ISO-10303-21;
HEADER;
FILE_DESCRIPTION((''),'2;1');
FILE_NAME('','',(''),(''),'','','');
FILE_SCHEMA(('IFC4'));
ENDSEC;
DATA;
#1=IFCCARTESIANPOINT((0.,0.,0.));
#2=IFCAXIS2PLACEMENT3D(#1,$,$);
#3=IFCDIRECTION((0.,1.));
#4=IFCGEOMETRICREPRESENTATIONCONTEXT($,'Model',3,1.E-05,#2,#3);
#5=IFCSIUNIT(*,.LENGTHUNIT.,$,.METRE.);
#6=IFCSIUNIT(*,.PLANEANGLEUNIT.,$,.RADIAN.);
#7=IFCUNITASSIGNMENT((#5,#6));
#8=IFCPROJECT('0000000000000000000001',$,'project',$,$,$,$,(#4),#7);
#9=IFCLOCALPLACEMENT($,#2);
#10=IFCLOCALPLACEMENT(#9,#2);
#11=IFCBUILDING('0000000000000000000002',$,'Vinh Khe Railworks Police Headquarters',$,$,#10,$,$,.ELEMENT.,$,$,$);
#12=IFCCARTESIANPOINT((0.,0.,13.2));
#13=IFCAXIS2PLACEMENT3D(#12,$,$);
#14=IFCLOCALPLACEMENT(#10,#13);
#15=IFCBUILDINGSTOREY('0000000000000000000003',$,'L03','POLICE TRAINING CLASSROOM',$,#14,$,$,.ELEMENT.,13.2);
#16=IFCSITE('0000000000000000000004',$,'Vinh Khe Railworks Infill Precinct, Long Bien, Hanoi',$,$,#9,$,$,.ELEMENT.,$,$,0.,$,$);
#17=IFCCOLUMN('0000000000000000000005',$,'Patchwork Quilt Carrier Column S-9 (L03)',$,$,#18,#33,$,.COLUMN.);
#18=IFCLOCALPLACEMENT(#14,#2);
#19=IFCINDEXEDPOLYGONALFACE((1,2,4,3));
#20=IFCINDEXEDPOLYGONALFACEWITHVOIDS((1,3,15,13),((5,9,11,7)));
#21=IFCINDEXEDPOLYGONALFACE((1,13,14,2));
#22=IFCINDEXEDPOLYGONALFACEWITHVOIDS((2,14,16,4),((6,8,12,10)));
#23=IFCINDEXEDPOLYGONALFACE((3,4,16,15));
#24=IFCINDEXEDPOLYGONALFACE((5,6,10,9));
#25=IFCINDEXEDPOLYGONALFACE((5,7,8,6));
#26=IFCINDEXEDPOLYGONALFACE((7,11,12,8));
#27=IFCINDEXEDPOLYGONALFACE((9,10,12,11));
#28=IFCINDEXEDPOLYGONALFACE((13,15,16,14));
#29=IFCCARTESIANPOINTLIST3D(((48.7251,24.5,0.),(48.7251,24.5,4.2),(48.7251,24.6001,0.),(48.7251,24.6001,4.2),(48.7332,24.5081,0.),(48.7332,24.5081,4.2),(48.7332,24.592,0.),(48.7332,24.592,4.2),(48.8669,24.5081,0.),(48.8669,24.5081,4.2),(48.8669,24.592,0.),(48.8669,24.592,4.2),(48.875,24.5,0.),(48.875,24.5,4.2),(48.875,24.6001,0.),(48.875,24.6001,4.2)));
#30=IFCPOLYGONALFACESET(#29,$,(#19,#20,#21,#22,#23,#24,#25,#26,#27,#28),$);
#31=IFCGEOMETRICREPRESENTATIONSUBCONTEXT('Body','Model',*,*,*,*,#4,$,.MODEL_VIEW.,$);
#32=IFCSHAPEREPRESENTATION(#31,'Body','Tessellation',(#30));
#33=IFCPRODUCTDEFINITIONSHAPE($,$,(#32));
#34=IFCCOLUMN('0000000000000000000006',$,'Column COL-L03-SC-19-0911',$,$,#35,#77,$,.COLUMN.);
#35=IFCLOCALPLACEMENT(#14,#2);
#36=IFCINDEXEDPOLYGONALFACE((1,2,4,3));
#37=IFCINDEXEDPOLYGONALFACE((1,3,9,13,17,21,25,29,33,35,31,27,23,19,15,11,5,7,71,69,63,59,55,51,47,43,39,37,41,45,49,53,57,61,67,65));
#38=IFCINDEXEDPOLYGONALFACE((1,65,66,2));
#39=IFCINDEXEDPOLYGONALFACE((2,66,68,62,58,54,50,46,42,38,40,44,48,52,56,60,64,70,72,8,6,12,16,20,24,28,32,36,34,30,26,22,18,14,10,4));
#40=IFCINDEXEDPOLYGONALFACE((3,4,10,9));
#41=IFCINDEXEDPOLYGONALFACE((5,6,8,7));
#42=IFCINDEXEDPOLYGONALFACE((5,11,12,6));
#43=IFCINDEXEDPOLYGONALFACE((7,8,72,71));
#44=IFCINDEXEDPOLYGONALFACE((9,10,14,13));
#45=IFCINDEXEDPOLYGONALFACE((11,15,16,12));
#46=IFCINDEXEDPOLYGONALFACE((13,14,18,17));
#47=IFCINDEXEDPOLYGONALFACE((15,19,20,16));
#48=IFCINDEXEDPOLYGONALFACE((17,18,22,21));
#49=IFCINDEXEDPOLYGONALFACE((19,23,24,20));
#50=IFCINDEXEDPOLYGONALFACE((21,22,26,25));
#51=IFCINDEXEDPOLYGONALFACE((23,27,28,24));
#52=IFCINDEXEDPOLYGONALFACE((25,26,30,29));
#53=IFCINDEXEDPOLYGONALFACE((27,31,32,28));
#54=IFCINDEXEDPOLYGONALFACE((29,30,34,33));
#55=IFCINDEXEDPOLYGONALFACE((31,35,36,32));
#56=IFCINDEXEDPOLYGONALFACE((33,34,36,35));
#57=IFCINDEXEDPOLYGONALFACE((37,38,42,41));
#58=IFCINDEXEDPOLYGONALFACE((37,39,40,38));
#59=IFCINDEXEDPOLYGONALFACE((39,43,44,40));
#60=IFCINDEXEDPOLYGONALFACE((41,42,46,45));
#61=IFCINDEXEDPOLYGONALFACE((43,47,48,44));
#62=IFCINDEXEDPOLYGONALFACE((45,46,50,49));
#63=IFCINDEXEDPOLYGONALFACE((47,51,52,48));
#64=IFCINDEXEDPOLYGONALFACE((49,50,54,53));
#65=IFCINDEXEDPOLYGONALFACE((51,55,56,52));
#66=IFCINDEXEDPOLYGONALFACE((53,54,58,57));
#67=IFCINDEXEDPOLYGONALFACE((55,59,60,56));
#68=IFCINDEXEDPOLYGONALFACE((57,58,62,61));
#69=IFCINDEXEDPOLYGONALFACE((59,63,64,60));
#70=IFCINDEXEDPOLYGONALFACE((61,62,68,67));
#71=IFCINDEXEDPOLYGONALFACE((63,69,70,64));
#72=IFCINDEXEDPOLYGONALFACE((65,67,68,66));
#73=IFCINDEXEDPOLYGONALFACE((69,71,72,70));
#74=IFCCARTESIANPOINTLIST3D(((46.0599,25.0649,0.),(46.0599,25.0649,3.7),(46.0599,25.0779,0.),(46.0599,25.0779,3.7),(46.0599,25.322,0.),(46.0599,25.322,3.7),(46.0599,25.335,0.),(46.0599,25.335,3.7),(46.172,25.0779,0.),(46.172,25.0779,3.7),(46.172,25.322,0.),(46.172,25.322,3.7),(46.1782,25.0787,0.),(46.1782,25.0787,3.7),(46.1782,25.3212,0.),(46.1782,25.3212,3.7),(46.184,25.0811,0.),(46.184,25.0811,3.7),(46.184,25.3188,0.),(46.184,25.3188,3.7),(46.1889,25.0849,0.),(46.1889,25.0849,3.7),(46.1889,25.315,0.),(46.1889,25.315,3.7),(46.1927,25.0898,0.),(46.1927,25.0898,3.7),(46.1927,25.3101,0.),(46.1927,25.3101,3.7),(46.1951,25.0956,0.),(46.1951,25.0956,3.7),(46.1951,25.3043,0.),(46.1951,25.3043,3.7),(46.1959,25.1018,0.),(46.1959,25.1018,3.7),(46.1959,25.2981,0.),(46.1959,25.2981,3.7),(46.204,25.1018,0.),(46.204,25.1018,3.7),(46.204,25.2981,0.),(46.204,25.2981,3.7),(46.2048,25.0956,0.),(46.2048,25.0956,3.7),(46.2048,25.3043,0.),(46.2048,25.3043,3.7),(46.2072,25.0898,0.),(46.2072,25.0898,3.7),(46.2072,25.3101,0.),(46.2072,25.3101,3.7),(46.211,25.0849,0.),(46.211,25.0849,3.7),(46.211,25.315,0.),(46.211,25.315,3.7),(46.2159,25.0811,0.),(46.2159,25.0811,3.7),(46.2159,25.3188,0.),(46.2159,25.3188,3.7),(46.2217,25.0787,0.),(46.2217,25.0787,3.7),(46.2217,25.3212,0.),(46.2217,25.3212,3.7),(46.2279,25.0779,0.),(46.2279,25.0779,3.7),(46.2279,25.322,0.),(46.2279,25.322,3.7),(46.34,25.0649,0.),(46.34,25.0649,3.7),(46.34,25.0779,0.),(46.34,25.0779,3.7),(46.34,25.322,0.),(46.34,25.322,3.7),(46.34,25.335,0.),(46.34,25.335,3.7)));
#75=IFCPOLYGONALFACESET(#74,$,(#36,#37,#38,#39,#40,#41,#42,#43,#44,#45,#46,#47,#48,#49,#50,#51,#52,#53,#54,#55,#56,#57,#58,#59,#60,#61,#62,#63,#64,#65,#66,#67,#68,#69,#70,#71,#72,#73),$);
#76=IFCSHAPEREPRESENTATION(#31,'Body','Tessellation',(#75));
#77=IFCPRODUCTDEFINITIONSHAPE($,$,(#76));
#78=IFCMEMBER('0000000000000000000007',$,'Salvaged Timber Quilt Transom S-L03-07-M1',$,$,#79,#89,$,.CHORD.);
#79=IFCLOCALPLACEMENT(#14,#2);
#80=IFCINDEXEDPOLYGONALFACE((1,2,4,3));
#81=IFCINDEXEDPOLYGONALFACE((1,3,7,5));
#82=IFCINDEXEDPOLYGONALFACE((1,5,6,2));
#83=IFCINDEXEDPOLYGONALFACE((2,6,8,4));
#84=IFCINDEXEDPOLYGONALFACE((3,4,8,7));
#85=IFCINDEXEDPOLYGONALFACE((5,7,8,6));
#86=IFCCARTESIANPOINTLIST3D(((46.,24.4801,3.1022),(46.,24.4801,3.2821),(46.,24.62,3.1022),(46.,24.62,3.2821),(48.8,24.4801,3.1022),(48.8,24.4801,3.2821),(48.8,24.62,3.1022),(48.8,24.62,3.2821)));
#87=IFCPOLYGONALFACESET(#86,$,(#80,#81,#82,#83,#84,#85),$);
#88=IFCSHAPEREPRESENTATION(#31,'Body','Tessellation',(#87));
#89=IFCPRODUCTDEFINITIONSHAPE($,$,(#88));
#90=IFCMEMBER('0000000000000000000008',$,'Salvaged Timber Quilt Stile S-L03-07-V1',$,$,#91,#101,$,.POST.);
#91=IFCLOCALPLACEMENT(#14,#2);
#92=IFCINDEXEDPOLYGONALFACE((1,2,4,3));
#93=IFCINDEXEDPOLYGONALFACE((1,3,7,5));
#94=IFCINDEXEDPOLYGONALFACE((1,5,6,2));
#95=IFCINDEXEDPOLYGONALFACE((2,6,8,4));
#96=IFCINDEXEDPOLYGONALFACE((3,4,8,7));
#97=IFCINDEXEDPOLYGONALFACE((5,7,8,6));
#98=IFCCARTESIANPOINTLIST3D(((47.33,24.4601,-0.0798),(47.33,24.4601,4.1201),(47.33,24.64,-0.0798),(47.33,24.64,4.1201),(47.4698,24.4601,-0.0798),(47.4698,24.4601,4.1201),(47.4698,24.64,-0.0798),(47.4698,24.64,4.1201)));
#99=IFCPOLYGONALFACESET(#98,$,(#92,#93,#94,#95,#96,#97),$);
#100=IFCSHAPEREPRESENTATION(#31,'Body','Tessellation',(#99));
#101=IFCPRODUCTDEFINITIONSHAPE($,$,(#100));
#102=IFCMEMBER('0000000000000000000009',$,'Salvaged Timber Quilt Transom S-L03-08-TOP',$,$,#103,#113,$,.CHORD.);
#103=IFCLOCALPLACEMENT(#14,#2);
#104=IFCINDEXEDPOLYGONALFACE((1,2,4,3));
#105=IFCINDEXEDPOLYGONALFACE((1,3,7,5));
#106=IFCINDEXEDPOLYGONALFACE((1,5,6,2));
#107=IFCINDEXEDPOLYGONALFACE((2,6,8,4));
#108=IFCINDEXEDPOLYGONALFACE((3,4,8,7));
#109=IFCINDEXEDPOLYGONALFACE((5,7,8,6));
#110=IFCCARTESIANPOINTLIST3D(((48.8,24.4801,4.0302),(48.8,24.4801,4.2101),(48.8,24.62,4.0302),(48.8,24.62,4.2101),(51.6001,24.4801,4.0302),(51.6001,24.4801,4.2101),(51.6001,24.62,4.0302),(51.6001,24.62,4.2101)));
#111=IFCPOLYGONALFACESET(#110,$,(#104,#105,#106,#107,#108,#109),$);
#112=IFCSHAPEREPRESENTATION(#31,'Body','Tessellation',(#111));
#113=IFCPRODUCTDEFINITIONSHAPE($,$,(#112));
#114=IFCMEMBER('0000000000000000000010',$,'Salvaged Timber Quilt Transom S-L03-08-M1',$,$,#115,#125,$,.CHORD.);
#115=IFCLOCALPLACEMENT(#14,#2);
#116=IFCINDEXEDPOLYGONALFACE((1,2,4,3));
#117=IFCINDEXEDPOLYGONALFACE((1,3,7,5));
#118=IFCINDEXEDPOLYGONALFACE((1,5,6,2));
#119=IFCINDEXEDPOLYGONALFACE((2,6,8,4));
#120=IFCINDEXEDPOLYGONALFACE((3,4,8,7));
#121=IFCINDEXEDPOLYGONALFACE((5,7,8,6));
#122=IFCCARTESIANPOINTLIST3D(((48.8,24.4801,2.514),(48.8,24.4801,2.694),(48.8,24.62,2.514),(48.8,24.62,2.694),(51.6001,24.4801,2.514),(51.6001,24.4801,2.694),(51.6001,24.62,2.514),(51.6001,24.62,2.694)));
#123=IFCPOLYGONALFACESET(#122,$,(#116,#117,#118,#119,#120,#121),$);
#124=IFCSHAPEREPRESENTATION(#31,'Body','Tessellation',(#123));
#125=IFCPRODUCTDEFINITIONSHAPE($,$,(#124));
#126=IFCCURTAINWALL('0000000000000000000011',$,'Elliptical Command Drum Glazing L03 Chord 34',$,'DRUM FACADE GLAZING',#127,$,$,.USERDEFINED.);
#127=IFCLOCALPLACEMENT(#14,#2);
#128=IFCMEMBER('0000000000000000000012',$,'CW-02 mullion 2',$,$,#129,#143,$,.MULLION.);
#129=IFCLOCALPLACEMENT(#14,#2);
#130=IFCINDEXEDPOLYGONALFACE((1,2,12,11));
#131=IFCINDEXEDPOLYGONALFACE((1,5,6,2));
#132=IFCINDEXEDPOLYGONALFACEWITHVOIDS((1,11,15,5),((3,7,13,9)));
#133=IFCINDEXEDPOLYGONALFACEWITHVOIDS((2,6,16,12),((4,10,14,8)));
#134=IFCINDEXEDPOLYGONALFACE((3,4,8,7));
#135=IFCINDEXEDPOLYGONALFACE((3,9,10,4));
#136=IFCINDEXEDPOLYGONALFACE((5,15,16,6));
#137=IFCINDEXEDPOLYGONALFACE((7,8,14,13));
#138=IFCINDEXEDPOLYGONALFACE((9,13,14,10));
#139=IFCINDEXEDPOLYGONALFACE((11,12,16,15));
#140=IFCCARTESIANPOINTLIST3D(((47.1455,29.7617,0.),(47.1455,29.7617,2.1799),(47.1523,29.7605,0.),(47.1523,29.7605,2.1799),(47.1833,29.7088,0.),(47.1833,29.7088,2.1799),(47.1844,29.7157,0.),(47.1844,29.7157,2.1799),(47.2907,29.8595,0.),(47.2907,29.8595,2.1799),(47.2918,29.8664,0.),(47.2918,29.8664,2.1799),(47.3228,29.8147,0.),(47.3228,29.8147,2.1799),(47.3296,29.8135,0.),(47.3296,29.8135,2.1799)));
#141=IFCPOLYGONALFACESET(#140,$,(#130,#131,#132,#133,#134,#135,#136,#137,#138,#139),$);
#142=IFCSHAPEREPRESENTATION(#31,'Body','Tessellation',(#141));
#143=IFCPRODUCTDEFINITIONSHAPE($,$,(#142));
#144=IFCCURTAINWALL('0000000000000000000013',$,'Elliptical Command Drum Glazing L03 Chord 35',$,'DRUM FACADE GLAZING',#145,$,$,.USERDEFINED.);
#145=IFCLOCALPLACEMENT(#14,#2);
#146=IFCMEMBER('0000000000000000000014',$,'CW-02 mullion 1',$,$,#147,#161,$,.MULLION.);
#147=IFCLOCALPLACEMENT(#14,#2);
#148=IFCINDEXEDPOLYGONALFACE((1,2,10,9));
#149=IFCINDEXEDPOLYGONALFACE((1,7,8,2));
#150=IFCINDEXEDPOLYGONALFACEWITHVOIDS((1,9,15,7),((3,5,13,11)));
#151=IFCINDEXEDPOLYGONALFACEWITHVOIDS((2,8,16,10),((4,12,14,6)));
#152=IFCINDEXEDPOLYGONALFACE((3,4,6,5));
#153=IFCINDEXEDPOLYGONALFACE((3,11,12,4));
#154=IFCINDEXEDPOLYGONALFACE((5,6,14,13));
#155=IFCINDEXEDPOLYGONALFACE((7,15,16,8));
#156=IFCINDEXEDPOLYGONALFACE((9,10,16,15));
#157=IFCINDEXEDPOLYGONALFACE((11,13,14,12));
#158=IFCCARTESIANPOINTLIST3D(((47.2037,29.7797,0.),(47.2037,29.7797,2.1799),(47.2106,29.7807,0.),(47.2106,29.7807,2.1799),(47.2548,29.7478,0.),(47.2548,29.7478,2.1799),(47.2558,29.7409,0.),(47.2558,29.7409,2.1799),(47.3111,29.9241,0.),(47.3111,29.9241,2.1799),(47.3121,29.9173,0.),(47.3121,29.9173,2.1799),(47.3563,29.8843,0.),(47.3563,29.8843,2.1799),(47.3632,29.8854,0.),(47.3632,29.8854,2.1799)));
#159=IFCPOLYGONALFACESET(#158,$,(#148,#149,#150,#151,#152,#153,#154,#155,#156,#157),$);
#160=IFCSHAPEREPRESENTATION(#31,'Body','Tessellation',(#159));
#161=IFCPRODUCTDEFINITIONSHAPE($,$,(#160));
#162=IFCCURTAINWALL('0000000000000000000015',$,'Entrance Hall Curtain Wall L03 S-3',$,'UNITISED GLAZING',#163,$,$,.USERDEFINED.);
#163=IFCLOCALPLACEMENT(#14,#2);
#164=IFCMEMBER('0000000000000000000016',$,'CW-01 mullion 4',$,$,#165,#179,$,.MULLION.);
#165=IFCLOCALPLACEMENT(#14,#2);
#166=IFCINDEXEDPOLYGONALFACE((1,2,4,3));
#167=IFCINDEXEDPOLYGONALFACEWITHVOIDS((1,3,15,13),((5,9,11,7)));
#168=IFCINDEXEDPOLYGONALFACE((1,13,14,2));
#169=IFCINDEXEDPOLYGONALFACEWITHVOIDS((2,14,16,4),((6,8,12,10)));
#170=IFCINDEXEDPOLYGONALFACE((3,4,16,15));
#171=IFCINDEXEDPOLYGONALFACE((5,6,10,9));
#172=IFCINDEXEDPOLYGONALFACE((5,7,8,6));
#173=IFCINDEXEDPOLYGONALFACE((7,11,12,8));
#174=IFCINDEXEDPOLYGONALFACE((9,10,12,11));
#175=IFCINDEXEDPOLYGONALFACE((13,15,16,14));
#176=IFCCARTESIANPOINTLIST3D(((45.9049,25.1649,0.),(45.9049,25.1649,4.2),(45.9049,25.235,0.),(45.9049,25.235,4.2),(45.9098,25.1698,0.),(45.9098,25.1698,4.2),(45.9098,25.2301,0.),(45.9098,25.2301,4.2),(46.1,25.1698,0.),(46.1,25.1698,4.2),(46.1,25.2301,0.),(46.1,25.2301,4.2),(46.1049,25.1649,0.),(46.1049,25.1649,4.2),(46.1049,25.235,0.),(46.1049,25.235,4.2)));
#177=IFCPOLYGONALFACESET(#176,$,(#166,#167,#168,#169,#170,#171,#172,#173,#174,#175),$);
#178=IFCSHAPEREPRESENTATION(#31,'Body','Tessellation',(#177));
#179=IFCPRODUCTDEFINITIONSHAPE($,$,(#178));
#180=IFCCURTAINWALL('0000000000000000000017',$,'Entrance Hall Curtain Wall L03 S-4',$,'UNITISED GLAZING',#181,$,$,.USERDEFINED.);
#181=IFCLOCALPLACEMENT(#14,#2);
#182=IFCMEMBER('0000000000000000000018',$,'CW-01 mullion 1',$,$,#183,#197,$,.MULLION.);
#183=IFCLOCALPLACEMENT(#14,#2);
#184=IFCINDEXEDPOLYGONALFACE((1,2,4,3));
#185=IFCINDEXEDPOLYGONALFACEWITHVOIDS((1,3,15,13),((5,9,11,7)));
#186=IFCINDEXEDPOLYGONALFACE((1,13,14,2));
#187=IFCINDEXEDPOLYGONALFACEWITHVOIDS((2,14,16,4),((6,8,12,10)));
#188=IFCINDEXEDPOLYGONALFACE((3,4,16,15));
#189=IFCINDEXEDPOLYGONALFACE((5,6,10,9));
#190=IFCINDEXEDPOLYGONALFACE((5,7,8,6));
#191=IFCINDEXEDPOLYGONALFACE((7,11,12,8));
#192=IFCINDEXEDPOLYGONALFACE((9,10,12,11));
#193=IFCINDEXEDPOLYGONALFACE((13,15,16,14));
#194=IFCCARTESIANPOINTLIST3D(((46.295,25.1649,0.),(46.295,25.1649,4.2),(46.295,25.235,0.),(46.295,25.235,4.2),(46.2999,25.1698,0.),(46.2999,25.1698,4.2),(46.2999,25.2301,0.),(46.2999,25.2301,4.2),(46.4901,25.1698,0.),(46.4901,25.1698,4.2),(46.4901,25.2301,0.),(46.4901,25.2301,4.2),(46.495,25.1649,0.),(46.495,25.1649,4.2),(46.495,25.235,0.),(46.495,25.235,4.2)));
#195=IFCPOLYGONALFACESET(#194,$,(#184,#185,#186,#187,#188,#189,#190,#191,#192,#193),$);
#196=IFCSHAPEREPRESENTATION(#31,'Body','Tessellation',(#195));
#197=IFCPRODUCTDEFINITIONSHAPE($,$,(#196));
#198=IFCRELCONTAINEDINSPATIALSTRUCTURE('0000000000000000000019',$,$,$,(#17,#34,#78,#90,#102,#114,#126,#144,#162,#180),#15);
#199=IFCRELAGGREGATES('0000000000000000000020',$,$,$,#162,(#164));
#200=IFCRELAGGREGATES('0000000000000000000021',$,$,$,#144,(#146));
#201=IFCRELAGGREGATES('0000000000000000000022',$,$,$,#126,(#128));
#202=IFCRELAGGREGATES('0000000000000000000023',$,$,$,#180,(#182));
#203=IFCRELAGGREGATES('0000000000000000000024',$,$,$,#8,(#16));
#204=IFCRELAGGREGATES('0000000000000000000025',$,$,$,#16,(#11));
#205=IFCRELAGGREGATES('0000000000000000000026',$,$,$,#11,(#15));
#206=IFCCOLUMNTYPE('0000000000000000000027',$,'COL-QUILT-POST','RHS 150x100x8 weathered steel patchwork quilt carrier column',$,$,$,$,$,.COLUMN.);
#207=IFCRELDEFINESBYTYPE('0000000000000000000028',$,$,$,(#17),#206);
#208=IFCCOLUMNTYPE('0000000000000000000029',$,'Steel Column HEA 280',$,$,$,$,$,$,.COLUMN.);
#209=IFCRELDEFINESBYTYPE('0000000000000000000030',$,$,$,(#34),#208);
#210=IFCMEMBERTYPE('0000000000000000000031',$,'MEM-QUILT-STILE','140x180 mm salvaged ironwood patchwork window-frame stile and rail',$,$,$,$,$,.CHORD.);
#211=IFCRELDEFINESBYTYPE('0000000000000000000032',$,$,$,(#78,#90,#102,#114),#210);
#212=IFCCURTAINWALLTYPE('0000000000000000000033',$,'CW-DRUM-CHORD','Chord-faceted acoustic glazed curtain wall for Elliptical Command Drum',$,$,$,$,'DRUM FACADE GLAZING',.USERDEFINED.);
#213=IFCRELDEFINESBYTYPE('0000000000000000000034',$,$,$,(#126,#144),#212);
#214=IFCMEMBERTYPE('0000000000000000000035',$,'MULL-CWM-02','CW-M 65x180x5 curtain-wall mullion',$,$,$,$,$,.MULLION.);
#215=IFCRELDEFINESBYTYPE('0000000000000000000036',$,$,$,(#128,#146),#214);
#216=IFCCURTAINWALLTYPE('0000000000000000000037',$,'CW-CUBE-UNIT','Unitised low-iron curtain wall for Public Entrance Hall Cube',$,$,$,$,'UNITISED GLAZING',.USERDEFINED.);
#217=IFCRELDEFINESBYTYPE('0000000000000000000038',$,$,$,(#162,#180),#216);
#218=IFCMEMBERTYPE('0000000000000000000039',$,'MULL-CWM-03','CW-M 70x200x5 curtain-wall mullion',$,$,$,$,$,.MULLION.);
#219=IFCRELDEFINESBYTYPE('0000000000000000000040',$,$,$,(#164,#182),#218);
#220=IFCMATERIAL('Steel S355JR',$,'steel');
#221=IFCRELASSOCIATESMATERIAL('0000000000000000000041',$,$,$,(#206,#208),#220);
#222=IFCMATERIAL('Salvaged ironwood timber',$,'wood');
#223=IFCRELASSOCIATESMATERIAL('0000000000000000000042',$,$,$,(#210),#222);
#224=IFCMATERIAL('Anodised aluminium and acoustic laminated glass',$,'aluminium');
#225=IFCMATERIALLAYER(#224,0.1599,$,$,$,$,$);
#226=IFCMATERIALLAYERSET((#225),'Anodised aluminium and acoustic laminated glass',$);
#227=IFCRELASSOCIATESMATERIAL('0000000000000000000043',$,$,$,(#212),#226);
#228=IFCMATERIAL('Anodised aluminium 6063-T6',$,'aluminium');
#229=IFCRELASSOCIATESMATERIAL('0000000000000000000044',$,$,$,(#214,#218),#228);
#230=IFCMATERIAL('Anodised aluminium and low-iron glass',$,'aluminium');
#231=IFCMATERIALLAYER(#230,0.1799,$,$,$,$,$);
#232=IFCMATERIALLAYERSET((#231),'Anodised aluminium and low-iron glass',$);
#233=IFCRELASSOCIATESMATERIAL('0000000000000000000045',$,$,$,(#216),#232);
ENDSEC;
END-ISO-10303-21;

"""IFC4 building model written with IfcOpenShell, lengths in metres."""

from ifc_helpers import new_model, si_unit, direction, frame, origin, origin_2d, place, context, subcontext, project, spatial, rectangle, hollow_rectangle, i_section, extrude, material, layer, layer_set, material_profile, profile_set, type_object, element, aggregate, save


model = new_model("IFC4")

# Units and contexts
model_context = context("Model", 3, precision=1e-05, world=origin(), true_north=direction((0.0, 1.0)))
body_context = subcontext(model_context, "Body", "Model", "MODEL_VIEW")
ifc_project = project(units=[si_unit("LENGTHUNIT", "METRE"), si_unit("PLANEANGLEUNIT", "RADIAN")], contexts=[model_context])

# Site, building, storey
site_placement = place(None, origin())
site = spatial("IfcSite", under=ifc_project, at=site_placement, Name="Vinh Khe Railworks Infill Precinct, Long Bien, Hanoi", CompositionType="ELEMENT", RefElevation=0.0)
building_placement = place(site_placement, origin())
building = spatial("IfcBuilding", under=site, at=building_placement, Name="Vinh Khe Railworks Police Headquarters", CompositionType="ELEMENT")
storey_placement = place(building_placement, frame((0.0, 0.0, 13.2)))
storey = spatial("IfcBuildingStorey", under=building, at=storey_placement, Name="L03", Description="POLICE TRAINING CLASSROOM", CompositionType="ELEMENT", Elevation=13.2)

# Columns
ifc_material_1 = material(Name="Steel S355JR", Category="steel")
ifc_material_profile_1 = material_profile(ifc_material_1, hollow_rectangle(XDim=0.1499, YDim=0.1001, WallThickness=0.0081, at=origin_2d()), Name="RHS 150x100x8")
ifc_profile_set_1 = profile_set([ifc_material_profile_1], Name="Steel S355JR")
column_type_1 = type_object("IfcColumnType", Name="COL-QUILT-POST", Description="RHS 150x100x8 weathered steel patchwork quilt carrier column", PredefinedType="COLUMN", material=ifc_profile_set_1)
column_1_placement = place(storey_placement, frame((48.8, 24.55, 0.0), z_axis=(0.0, 0.0, 1.0), x_axis=(1.0, 0.0, 0.0)))
element("IfcColumn", 1, at=column_1_placement, inside=storey, type_object=column_type_1, Name="Patchwork Quilt Carrier Column S-9 (L03)", PredefinedType="COLUMN", context=body_context, shape_type="SweptSolid", body=[
    extrude(hollow_rectangle(XDim=0.1499, YDim=0.1001, WallThickness=0.0081, at=origin_2d()), origin(), (0.0, 0.0, 1.0), 4.2),
])
ifc_material_profile_2 = material_profile(ifc_material_1, i_section(OverallWidth=0.28, OverallDepth=0.27, WebThickness=0.0081, FlangeThickness=0.0129, FilletRadius=0.0239, at=origin_2d()), Name="HEA 280")
ifc_profile_set_2 = profile_set([ifc_material_profile_2], Name="Steel S355JR")
column_type_2 = type_object("IfcColumnType", Name="Steel Column HEA 280", PredefinedType="COLUMN", material=ifc_profile_set_2)
column_2_placement = place(storey_placement, frame((46.2, 25.2, 0.0), z_axis=(0.0, 0.0, 1.0), x_axis=(1.0, 0.0, 0.0)))
element("IfcColumn", 2, at=column_2_placement, inside=storey, type_object=column_type_2, Name="Column COL-L03-SC-19-0911", PredefinedType="COLUMN", context=body_context, shape_type="SweptSolid", body=[
    extrude(i_section(OverallWidth=0.28, OverallDepth=0.27, WebThickness=0.0081, FlangeThickness=0.0129, FilletRadius=0.0239, at=origin_2d()), origin(), (0.0, 0.0, 1.0), 3.7),
])

# Members
ifc_material_2 = material(Name="Salvaged ironwood timber", Category="wood")
ifc_material_profile_3 = material_profile(ifc_material_2, rectangle(XDim=0.1399, YDim=0.1799, at=origin_2d()), Name="TIMBER 140x180")
ifc_profile_set_3 = profile_set([ifc_material_profile_3], Name="Salvaged ironwood timber")
member_type_1 = type_object("IfcMemberType", Name="MEM-QUILT-STILE", Description="140x180 mm salvaged ironwood patchwork window-frame stile and rail", PredefinedType="CHORD", material=ifc_profile_set_3)
member_1_placement = place(storey_placement, frame((46.0, 24.55, 3.1921), z_axis=(1.0, 0.0, 0.0), x_axis=(0.0, 1.0, 0.0)))
element("IfcMember", 3, at=member_1_placement, inside=storey, type_object=member_type_1, Name="Salvaged Timber Quilt Transom S-L03-07-M1", PredefinedType="CHORD", context=body_context, shape_type="SweptSolid", body=[
    extrude(rectangle(XDim=0.1399, YDim=0.1799, at=origin_2d()), origin(), (0.0, 0.0, 1.0), 2.8),
])
member_2_placement = place(storey_placement, frame((47.3999, 24.55, -0.0798), z_axis=(0.0, 0.0, 1.0), x_axis=(1.0, 0.0, 0.0)))
element("IfcMember", 4, at=member_2_placement, inside=storey, type_object=member_type_1, Name="Salvaged Timber Quilt Stile S-L03-07-V1", PredefinedType="POST", context=body_context, shape_type="SweptSolid", body=[
    extrude(rectangle(XDim=0.1399, YDim=0.1799, at=origin_2d()), origin(), (0.0, 0.0, 1.0), 4.2),
])
for number, where, z_axis, x_axis, name in (
    (5, (48.8, 24.55, 4.1201), (1.0, 0.0, 0.0), (0.0, 1.0, 0.0), "Salvaged Timber Quilt Transom S-L03-08-TOP"),
    (6, (48.8, 24.55, 2.604), (1.0, 0.0, 0.0), (0.0, 1.0, 0.0), "Salvaged Timber Quilt Transom S-L03-08-M1"),
):
    element("IfcMember", number, at=place(storey_placement, frame(where, z_axis=z_axis, x_axis=x_axis)), inside=storey, type_object=member_type_1, Name=name, PredefinedType="CHORD", context=body_context, shape_type="SweptSolid", body=[
        extrude(rectangle(XDim=0.1399, YDim=0.1799, at=origin_2d()), origin(), (0.0, 0.0, 1.0), 2.8),
    ])

# Curtain walls, members
ifc_material_3 = material(Name="Anodised aluminium and acoustic laminated glass", Category="aluminium")
ifc_layer_1 = layer(ifc_material_3, 0.1599)
ifc_layer_set_1 = layer_set([ifc_layer_1], Name="Anodised aluminium and acoustic laminated glass")
curtain_wall_type_1 = type_object("IfcCurtainWallType", Name="CW-DRUM-CHORD", Description="Chord-faceted acoustic glazed curtain wall for Elliptical Command Drum", ElementType="DRUM FACADE GLAZING", PredefinedType="USERDEFINED", material=ifc_layer_set_1)
curtain_wall_1_placement = place(storey_placement, origin())
curtain_wall_1 = element("IfcCurtainWall", 7, at=curtain_wall_1_placement, inside=storey, type_object=curtain_wall_type_1, Name="Elliptical Command Drum Glazing L03 Chord 34", ObjectType="DRUM FACADE GLAZING", PredefinedType="USERDEFINED")
ifc_material_4 = material(Name="Anodised aluminium 6063-T6", Category="aluminium")
ifc_material_profile_4 = material_profile(ifc_material_4, hollow_rectangle(XDim=0.0649, YDim=0.1799, WallThickness=0.0049, at=origin_2d()), Name="CW-M 65x180x5")
ifc_profile_set_4 = profile_set([ifc_material_profile_4], Name="Anodised aluminium 6063-T6")
member_type_2 = type_object("IfcMemberType", Name="MULL-CWM-02", Description="CW-M 65x180x5 curtain-wall mullion", PredefinedType="MULLION", material=ifc_profile_set_4)
member_3_placement = place(storey_placement, frame((47.2375, 29.7876, 0.0), z_axis=(0.0, 0.0, 1.0), x_axis=(-0.581914, 0.81325, 0.0)))
member_3 = element("IfcMember", 8, at=member_3_placement, type_object=member_type_2, Name="CW-02 mullion 2", PredefinedType="MULLION", context=body_context, shape_type="SweptSolid", body=[
    extrude(hollow_rectangle(XDim=0.0649, YDim=0.1799, WallThickness=0.0049, at=origin_2d()), origin(), (0.0, 0.0, 1.0), 2.1799),
])
curtain_wall_2_placement = place(storey_placement, origin())
curtain_wall_2 = element("IfcCurtainWall", 9, at=curtain_wall_2_placement, inside=storey, type_object=curtain_wall_type_1, Name="Elliptical Command Drum Glazing L03 Chord 35", ObjectType="DRUM FACADE GLAZING", PredefinedType="USERDEFINED")
member_4_placement = place(storey_placement, frame((47.2834, 29.8325, 0.0), z_axis=(0.0, 0.0, 1.0), x_axis=(-0.802592, 0.596528, 0.0)))
member_4 = element("IfcMember", 10, at=member_4_placement, type_object=member_type_2, Name="CW-02 mullion 1", PredefinedType="MULLION", context=body_context, shape_type="SweptSolid", body=[
    extrude(hollow_rectangle(XDim=0.0649, YDim=0.1799, WallThickness=0.0049, at=origin_2d()), origin(), (0.0, 0.0, 1.0), 2.1799),
])
ifc_material_5 = material(Name="Anodised aluminium and low-iron glass", Category="aluminium")
ifc_layer_2 = layer(ifc_material_5, 0.1799)
ifc_layer_set_2 = layer_set([ifc_layer_2], Name="Anodised aluminium and low-iron glass")
curtain_wall_type_2 = type_object("IfcCurtainWallType", Name="CW-CUBE-UNIT", Description="Unitised low-iron curtain wall for Public Entrance Hall Cube", ElementType="UNITISED GLAZING", PredefinedType="USERDEFINED", material=ifc_layer_set_2)
curtain_wall_3_placement = place(storey_placement, origin())
curtain_wall_3 = element("IfcCurtainWall", 11, at=curtain_wall_3_placement, inside=storey, type_object=curtain_wall_type_2, Name="Entrance Hall Curtain Wall L03 S-3", ObjectType="UNITISED GLAZING", PredefinedType="USERDEFINED")
ifc_material_profile_5 = material_profile(ifc_material_4, hollow_rectangle(XDim=0.0701, YDim=0.2, WallThickness=0.0049, at=origin_2d()), Name="CW-M 70x200x5")
ifc_profile_set_5 = profile_set([ifc_material_profile_5], Name="Anodised aluminium 6063-T6")
member_type_3 = type_object("IfcMemberType", Name="MULL-CWM-03", Description="CW-M 70x200x5 curtain-wall mullion", PredefinedType="MULLION", material=ifc_profile_set_5)
member_5_placement = place(storey_placement, frame((46.0049, 25.2, 0.0), z_axis=(0.0, 0.0, 1.0), x_axis=(0.0, 1.0, 0.0)))
member_5 = element("IfcMember", 12, at=member_5_placement, type_object=member_type_3, Name="CW-01 mullion 4", PredefinedType="MULLION", context=body_context, shape_type="SweptSolid", body=[
    extrude(hollow_rectangle(XDim=0.0701, YDim=0.2, WallThickness=0.0049, at=origin_2d()), origin(), (0.0, 0.0, 1.0), 4.2),
])
aggregate(curtain_wall_3, [member_5])

# Curtain wall, member
curtain_wall_4_placement = place(storey_placement, origin())
curtain_wall_4 = element("IfcCurtainWall", 13, at=curtain_wall_4_placement, inside=storey, type_object=curtain_wall_type_2, Name="Entrance Hall Curtain Wall L03 S-4", ObjectType="UNITISED GLAZING", PredefinedType="USERDEFINED")
member_6_placement = place(storey_placement, frame((46.395, 25.2, 0.0), z_axis=(0.0, 0.0, 1.0), x_axis=(0.0, 1.0, 0.0)))
member_6 = element("IfcMember", 14, at=member_6_placement, type_object=member_type_3, Name="CW-01 mullion 1", PredefinedType="MULLION", context=body_context, shape_type="SweptSolid", body=[
    extrude(hollow_rectangle(XDim=0.0701, YDim=0.2, WallThickness=0.0049, at=origin_2d()), origin(), (0.0, 0.0, 1.0), 4.2),
])

aggregate(curtain_wall_2, [member_4])

aggregate(curtain_wall_1, [member_3])
aggregate(curtain_wall_4, [member_6])

save(model, "model.ifc")
